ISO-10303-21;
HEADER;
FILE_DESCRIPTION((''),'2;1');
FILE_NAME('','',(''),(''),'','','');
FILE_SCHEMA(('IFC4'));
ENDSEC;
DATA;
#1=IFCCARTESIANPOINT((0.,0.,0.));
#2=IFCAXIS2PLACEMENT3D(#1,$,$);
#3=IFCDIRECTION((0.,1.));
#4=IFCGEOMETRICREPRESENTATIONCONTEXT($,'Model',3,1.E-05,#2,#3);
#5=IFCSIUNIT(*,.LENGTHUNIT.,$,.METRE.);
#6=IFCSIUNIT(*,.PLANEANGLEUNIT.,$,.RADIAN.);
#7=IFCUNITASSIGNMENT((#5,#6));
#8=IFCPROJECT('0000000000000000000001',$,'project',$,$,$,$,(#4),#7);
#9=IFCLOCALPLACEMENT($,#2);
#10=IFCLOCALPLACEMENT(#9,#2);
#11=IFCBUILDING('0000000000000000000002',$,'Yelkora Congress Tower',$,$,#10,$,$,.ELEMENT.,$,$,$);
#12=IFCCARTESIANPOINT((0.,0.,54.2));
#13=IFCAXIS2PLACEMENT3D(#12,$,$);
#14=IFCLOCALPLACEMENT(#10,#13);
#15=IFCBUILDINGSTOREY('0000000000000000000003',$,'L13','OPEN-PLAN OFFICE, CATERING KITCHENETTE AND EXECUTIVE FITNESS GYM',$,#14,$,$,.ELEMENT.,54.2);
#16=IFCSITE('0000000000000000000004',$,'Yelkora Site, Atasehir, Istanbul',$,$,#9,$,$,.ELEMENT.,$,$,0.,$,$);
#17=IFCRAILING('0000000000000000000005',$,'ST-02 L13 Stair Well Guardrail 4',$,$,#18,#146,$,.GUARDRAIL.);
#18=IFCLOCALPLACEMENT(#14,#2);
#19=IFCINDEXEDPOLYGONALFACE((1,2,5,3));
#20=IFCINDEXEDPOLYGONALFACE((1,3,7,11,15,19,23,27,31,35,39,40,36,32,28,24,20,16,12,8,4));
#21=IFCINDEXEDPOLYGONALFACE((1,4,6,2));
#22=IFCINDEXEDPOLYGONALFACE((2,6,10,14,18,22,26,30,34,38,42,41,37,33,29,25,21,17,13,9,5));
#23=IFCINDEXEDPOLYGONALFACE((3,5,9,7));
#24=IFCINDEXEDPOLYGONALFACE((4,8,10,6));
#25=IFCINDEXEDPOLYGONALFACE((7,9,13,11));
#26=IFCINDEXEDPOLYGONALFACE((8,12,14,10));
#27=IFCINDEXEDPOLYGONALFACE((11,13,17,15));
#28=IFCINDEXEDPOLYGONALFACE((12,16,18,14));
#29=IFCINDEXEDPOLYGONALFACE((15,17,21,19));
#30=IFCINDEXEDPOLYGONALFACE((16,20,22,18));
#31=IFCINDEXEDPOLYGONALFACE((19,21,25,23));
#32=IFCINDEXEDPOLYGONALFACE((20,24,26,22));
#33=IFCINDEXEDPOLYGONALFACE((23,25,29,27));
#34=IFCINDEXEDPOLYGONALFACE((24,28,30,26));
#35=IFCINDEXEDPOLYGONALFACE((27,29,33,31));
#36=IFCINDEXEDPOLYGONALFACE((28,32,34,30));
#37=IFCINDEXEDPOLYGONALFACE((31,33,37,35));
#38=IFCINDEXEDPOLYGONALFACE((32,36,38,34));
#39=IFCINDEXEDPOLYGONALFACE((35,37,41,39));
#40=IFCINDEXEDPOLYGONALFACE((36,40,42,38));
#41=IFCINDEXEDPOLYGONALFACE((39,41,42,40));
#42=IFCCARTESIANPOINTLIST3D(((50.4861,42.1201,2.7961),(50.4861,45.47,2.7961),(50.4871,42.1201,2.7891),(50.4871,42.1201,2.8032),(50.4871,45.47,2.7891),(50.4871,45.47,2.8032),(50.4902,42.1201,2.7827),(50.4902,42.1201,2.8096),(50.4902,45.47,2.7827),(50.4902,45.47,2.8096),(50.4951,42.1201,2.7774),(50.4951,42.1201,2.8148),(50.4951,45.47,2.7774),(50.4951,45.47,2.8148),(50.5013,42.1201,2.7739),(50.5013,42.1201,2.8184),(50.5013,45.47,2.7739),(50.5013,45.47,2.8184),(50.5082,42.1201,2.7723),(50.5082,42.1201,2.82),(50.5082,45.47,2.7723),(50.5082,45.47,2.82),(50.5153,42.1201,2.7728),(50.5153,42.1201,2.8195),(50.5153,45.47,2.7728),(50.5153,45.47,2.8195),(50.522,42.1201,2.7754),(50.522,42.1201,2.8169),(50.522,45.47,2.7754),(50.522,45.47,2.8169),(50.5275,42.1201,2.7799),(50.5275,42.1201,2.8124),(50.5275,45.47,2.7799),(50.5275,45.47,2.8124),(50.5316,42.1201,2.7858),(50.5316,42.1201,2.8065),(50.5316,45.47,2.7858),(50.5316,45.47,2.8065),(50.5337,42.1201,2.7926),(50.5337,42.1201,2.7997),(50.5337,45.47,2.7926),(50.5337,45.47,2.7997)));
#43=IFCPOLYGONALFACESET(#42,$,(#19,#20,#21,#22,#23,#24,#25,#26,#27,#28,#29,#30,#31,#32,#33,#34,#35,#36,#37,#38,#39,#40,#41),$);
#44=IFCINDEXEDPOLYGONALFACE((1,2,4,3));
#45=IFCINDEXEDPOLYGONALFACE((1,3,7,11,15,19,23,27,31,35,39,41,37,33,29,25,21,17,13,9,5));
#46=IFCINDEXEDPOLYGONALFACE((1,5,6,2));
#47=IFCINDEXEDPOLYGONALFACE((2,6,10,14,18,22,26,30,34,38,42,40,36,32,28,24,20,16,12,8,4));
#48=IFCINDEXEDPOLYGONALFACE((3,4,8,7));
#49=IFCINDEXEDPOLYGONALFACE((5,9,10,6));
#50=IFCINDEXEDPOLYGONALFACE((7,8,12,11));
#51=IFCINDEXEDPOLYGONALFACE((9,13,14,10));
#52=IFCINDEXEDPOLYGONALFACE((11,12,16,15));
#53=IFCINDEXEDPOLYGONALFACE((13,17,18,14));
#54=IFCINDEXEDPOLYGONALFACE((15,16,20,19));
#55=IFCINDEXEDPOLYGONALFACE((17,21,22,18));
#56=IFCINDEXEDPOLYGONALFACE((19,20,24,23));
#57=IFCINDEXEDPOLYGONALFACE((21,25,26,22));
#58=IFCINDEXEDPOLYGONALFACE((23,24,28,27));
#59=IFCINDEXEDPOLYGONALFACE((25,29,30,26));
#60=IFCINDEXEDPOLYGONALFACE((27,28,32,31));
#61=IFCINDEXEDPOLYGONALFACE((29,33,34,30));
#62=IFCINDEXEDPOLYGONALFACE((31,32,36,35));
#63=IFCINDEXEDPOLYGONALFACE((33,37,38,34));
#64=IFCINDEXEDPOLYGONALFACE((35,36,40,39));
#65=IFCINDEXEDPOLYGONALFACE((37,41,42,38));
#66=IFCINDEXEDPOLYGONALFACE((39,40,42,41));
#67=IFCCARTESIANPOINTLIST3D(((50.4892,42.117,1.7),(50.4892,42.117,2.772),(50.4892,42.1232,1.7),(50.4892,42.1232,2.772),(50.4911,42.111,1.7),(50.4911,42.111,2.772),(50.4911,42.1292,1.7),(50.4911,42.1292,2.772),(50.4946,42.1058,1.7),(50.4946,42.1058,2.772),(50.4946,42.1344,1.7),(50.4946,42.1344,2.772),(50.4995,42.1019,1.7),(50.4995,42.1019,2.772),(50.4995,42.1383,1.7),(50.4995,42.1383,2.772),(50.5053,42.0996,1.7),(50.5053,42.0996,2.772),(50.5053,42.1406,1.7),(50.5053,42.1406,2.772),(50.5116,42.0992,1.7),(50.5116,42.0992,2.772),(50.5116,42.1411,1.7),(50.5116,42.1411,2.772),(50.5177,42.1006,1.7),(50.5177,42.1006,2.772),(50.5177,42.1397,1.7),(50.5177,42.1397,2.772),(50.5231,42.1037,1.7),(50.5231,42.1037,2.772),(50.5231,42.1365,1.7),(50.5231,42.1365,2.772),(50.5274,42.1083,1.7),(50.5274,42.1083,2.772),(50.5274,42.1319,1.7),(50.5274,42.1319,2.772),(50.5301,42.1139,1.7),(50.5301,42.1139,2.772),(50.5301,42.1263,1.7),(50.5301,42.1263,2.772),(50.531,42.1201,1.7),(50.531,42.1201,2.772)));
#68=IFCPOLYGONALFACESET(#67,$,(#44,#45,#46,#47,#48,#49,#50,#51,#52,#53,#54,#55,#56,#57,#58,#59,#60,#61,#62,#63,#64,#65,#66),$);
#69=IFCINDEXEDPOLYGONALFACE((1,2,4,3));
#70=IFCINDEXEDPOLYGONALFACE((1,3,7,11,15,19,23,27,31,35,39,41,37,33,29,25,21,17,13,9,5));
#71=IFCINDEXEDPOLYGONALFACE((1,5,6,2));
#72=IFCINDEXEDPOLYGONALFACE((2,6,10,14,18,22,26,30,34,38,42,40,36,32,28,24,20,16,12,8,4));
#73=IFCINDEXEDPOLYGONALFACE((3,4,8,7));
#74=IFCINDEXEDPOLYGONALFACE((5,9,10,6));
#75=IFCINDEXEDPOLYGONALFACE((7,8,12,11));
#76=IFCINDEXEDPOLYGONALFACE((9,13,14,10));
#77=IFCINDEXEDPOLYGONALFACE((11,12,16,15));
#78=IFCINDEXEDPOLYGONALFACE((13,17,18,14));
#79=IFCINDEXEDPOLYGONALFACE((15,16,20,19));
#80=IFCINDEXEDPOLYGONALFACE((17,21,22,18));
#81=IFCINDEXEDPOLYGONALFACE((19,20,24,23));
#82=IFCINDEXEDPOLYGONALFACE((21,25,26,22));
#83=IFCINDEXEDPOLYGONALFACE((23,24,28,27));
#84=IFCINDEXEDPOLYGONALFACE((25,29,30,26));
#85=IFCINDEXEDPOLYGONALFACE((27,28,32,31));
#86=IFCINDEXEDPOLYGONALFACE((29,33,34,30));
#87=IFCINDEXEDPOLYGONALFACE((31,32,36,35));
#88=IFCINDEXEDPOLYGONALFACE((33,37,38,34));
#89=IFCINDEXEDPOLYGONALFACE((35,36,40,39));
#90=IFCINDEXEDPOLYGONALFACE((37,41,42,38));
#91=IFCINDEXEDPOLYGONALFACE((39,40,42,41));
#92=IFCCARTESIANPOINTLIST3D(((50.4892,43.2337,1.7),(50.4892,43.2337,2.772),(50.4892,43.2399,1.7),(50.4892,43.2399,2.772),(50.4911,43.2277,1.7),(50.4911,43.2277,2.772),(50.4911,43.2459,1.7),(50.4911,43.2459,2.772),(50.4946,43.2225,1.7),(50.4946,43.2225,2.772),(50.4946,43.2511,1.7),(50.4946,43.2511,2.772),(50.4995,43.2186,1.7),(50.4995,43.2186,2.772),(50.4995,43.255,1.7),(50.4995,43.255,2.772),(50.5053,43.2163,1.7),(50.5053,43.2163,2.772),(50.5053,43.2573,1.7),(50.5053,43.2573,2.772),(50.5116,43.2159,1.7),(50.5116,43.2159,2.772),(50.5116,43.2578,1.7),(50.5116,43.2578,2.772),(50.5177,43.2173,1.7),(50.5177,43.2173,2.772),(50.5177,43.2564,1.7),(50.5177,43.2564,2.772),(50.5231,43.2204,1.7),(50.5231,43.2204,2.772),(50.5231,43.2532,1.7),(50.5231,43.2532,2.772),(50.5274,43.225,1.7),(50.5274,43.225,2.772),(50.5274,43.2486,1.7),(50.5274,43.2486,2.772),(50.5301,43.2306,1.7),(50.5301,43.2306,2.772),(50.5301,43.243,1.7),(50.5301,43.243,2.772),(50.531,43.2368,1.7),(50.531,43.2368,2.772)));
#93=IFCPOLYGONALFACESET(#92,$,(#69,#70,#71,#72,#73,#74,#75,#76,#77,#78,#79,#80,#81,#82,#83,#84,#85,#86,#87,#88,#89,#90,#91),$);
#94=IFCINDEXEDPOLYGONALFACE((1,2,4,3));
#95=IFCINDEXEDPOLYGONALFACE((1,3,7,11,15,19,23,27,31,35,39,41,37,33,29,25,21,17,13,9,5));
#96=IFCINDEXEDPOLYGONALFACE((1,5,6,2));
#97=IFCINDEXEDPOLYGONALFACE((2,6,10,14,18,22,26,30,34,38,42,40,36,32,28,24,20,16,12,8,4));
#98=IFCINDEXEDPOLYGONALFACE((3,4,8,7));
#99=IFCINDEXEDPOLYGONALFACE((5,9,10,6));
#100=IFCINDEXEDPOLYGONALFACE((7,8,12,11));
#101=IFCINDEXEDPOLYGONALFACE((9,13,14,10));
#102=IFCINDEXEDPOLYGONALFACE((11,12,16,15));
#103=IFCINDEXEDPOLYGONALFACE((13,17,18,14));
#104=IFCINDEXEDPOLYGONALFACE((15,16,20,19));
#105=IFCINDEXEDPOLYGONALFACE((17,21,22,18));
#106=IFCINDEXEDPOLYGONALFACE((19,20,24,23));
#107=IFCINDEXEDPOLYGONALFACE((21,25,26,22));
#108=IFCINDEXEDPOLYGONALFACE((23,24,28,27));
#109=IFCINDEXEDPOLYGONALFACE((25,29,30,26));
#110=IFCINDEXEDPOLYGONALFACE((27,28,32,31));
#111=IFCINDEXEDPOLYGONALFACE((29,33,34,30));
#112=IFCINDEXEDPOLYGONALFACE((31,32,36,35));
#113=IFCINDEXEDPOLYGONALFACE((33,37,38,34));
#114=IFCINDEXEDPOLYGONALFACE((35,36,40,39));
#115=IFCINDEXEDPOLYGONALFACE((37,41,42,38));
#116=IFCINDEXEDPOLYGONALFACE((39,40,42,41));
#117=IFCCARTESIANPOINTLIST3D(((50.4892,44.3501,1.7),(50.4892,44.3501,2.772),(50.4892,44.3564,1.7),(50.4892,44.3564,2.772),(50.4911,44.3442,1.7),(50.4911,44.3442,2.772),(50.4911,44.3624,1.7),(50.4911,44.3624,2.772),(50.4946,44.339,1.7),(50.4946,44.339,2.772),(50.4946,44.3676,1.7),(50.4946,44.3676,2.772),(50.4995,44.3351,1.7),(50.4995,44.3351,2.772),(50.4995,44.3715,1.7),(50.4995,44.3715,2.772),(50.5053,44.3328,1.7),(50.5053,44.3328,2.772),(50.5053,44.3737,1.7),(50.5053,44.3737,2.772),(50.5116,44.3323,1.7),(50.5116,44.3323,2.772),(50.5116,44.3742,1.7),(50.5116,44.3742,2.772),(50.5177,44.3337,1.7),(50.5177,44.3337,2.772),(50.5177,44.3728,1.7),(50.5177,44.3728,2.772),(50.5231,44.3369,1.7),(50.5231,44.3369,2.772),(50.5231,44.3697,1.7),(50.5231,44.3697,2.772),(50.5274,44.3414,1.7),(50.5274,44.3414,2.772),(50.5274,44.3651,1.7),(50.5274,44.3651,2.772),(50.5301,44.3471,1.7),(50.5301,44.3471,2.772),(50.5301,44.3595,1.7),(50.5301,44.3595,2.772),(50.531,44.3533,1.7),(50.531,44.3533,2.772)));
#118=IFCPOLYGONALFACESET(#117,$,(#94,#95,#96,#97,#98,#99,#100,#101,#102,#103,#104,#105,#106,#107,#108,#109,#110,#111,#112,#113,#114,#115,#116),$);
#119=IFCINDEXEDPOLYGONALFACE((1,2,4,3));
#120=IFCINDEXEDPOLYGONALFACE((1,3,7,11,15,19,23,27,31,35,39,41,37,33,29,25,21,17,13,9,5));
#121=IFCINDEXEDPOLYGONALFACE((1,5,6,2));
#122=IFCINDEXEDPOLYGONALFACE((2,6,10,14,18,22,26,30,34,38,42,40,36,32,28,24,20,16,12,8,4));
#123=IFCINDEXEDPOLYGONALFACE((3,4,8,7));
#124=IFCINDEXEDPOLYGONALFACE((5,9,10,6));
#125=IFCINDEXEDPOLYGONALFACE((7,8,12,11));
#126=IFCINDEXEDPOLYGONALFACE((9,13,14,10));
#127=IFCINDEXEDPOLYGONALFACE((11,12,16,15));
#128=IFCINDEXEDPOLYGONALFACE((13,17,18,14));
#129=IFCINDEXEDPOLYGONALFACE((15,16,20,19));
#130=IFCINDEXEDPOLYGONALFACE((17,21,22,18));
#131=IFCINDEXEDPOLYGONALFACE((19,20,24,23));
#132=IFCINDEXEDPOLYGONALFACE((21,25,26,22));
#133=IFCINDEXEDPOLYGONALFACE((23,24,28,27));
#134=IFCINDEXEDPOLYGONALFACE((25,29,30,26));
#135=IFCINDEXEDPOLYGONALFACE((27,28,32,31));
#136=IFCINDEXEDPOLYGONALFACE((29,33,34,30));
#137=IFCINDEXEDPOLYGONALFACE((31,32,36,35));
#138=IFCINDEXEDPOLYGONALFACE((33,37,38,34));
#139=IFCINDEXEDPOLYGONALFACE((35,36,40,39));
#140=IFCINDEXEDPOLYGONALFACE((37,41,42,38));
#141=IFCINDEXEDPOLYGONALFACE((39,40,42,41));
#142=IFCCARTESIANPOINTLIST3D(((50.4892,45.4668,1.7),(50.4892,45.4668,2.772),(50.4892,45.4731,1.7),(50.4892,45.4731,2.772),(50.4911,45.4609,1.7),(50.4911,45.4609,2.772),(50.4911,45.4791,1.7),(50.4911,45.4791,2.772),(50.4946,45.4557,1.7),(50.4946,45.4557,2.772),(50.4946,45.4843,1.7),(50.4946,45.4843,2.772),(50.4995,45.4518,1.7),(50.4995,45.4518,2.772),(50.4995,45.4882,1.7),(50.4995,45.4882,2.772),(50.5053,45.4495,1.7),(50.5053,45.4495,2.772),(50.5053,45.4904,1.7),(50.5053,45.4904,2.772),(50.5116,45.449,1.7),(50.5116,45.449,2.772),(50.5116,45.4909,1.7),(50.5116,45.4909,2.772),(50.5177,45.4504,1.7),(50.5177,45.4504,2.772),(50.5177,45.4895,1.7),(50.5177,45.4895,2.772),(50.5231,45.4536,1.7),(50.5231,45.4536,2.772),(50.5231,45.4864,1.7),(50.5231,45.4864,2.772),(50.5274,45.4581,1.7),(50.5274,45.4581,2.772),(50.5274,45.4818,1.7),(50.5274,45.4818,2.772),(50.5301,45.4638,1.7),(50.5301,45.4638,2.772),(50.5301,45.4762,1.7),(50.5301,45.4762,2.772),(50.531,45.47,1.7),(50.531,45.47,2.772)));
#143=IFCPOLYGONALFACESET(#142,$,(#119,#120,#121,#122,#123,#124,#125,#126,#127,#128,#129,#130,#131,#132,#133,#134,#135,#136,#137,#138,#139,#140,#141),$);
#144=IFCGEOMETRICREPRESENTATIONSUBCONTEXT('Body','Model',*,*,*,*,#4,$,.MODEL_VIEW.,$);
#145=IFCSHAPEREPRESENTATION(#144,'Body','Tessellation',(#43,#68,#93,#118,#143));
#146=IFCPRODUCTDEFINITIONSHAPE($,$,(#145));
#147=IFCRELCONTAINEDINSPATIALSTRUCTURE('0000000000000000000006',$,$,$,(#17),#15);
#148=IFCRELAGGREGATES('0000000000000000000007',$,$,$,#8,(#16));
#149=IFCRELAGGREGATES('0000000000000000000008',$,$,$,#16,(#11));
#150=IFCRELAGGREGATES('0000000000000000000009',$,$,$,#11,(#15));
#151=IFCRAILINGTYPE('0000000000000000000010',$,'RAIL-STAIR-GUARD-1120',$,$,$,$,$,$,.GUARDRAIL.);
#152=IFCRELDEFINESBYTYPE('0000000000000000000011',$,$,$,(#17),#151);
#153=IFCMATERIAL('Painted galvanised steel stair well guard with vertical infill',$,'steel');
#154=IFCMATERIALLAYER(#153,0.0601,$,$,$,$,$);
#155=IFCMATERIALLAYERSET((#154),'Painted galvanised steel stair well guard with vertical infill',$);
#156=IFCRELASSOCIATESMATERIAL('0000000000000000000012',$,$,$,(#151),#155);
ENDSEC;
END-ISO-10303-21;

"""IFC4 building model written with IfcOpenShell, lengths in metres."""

from ifc_helpers import new_model, si_unit, direction, frame, origin, origin_2d, place, context, subcontext, project, spatial, circle, extrude, material, layer, layer_set, type_object, element, save


model = new_model("IFC4")

# Units and contexts
model_context = context("Model", 3, precision=1e-05, world=origin(), true_north=direction((0.0, 1.0)))
body_context = subcontext(model_context, "Body", "Model", "MODEL_VIEW")
ifc_project = project(units=[si_unit("LENGTHUNIT", "METRE"), si_unit("PLANEANGLEUNIT", "RADIAN")], contexts=[model_context])

# Site, building, storey
site_placement = place(None, origin())
site = spatial("IfcSite", under=ifc_project, at=site_placement, Name="Yelkora Site, Atasehir, Istanbul", CompositionType="ELEMENT", RefElevation=0.0)
building_placement = place(site_placement, origin())
building = spatial("IfcBuilding", under=site, at=building_placement, Name="Yelkora Congress Tower", CompositionType="ELEMENT")
storey_placement = place(building_placement, frame((0.0, 0.0, 54.2)))
storey = spatial("IfcBuildingStorey", under=building, at=storey_placement, Name="L13", Description="OPEN-PLAN OFFICE, CATERING KITCHENETTE AND EXECUTIVE FITNESS GYM", CompositionType="ELEMENT", Elevation=54.2)

# Railing
ifc_material_1 = material(Name="Painted galvanised steel stair well guard with vertical infill", Category="steel")
ifc_layer_1 = layer(ifc_material_1, 0.0601)
ifc_layer_set_1 = layer_set([ifc_layer_1], Name="Painted galvanised steel stair well guard with vertical infill")
railing_type_1 = type_object("IfcRailingType", Name="RAIL-STAIR-GUARD-1120", PredefinedType="GUARDRAIL", material=ifc_layer_set_1)
railing_1_placement = place(storey_placement, frame((50.51, 42.1201, 1.7)))
element("IfcRailing", 1, at=railing_1_placement, inside=storey, type_object=railing_type_1, Name="ST-02 L13 Stair Well Guardrail 4", PredefinedType="GUARDRAIL", context=body_context, shape_type="SweptSolid", body=[
    extrude(circle(Radius=0.0239, at=origin_2d()), frame((0.0, 0.0, 1.0962), z_axis=(0.0, 1.0, 0.0), x_axis=(-1.0, 0.0, 0.0)), (0.0, 0.0, 1.0), 3.3499),
    extrude(circle(Radius=0.021, at=origin_2d()), origin(), (0.0, 0.0, 1.0), 1.072),
    extrude(circle(Radius=0.021, at=origin_2d()), frame((0.0, 1.1167, 0.0)), (0.0, 0.0, 1.0), 1.072),
    extrude(circle(Radius=0.021, at=origin_2d()), frame((0.0, 2.2332, 0.0)), (0.0, 0.0, 1.0), 1.072),
    extrude(circle(Radius=0.021, at=origin_2d()), frame((0.0, 3.3499, 0.0)), (0.0, 0.0, 1.0), 1.072),
])

save(model, "model.ifc")
